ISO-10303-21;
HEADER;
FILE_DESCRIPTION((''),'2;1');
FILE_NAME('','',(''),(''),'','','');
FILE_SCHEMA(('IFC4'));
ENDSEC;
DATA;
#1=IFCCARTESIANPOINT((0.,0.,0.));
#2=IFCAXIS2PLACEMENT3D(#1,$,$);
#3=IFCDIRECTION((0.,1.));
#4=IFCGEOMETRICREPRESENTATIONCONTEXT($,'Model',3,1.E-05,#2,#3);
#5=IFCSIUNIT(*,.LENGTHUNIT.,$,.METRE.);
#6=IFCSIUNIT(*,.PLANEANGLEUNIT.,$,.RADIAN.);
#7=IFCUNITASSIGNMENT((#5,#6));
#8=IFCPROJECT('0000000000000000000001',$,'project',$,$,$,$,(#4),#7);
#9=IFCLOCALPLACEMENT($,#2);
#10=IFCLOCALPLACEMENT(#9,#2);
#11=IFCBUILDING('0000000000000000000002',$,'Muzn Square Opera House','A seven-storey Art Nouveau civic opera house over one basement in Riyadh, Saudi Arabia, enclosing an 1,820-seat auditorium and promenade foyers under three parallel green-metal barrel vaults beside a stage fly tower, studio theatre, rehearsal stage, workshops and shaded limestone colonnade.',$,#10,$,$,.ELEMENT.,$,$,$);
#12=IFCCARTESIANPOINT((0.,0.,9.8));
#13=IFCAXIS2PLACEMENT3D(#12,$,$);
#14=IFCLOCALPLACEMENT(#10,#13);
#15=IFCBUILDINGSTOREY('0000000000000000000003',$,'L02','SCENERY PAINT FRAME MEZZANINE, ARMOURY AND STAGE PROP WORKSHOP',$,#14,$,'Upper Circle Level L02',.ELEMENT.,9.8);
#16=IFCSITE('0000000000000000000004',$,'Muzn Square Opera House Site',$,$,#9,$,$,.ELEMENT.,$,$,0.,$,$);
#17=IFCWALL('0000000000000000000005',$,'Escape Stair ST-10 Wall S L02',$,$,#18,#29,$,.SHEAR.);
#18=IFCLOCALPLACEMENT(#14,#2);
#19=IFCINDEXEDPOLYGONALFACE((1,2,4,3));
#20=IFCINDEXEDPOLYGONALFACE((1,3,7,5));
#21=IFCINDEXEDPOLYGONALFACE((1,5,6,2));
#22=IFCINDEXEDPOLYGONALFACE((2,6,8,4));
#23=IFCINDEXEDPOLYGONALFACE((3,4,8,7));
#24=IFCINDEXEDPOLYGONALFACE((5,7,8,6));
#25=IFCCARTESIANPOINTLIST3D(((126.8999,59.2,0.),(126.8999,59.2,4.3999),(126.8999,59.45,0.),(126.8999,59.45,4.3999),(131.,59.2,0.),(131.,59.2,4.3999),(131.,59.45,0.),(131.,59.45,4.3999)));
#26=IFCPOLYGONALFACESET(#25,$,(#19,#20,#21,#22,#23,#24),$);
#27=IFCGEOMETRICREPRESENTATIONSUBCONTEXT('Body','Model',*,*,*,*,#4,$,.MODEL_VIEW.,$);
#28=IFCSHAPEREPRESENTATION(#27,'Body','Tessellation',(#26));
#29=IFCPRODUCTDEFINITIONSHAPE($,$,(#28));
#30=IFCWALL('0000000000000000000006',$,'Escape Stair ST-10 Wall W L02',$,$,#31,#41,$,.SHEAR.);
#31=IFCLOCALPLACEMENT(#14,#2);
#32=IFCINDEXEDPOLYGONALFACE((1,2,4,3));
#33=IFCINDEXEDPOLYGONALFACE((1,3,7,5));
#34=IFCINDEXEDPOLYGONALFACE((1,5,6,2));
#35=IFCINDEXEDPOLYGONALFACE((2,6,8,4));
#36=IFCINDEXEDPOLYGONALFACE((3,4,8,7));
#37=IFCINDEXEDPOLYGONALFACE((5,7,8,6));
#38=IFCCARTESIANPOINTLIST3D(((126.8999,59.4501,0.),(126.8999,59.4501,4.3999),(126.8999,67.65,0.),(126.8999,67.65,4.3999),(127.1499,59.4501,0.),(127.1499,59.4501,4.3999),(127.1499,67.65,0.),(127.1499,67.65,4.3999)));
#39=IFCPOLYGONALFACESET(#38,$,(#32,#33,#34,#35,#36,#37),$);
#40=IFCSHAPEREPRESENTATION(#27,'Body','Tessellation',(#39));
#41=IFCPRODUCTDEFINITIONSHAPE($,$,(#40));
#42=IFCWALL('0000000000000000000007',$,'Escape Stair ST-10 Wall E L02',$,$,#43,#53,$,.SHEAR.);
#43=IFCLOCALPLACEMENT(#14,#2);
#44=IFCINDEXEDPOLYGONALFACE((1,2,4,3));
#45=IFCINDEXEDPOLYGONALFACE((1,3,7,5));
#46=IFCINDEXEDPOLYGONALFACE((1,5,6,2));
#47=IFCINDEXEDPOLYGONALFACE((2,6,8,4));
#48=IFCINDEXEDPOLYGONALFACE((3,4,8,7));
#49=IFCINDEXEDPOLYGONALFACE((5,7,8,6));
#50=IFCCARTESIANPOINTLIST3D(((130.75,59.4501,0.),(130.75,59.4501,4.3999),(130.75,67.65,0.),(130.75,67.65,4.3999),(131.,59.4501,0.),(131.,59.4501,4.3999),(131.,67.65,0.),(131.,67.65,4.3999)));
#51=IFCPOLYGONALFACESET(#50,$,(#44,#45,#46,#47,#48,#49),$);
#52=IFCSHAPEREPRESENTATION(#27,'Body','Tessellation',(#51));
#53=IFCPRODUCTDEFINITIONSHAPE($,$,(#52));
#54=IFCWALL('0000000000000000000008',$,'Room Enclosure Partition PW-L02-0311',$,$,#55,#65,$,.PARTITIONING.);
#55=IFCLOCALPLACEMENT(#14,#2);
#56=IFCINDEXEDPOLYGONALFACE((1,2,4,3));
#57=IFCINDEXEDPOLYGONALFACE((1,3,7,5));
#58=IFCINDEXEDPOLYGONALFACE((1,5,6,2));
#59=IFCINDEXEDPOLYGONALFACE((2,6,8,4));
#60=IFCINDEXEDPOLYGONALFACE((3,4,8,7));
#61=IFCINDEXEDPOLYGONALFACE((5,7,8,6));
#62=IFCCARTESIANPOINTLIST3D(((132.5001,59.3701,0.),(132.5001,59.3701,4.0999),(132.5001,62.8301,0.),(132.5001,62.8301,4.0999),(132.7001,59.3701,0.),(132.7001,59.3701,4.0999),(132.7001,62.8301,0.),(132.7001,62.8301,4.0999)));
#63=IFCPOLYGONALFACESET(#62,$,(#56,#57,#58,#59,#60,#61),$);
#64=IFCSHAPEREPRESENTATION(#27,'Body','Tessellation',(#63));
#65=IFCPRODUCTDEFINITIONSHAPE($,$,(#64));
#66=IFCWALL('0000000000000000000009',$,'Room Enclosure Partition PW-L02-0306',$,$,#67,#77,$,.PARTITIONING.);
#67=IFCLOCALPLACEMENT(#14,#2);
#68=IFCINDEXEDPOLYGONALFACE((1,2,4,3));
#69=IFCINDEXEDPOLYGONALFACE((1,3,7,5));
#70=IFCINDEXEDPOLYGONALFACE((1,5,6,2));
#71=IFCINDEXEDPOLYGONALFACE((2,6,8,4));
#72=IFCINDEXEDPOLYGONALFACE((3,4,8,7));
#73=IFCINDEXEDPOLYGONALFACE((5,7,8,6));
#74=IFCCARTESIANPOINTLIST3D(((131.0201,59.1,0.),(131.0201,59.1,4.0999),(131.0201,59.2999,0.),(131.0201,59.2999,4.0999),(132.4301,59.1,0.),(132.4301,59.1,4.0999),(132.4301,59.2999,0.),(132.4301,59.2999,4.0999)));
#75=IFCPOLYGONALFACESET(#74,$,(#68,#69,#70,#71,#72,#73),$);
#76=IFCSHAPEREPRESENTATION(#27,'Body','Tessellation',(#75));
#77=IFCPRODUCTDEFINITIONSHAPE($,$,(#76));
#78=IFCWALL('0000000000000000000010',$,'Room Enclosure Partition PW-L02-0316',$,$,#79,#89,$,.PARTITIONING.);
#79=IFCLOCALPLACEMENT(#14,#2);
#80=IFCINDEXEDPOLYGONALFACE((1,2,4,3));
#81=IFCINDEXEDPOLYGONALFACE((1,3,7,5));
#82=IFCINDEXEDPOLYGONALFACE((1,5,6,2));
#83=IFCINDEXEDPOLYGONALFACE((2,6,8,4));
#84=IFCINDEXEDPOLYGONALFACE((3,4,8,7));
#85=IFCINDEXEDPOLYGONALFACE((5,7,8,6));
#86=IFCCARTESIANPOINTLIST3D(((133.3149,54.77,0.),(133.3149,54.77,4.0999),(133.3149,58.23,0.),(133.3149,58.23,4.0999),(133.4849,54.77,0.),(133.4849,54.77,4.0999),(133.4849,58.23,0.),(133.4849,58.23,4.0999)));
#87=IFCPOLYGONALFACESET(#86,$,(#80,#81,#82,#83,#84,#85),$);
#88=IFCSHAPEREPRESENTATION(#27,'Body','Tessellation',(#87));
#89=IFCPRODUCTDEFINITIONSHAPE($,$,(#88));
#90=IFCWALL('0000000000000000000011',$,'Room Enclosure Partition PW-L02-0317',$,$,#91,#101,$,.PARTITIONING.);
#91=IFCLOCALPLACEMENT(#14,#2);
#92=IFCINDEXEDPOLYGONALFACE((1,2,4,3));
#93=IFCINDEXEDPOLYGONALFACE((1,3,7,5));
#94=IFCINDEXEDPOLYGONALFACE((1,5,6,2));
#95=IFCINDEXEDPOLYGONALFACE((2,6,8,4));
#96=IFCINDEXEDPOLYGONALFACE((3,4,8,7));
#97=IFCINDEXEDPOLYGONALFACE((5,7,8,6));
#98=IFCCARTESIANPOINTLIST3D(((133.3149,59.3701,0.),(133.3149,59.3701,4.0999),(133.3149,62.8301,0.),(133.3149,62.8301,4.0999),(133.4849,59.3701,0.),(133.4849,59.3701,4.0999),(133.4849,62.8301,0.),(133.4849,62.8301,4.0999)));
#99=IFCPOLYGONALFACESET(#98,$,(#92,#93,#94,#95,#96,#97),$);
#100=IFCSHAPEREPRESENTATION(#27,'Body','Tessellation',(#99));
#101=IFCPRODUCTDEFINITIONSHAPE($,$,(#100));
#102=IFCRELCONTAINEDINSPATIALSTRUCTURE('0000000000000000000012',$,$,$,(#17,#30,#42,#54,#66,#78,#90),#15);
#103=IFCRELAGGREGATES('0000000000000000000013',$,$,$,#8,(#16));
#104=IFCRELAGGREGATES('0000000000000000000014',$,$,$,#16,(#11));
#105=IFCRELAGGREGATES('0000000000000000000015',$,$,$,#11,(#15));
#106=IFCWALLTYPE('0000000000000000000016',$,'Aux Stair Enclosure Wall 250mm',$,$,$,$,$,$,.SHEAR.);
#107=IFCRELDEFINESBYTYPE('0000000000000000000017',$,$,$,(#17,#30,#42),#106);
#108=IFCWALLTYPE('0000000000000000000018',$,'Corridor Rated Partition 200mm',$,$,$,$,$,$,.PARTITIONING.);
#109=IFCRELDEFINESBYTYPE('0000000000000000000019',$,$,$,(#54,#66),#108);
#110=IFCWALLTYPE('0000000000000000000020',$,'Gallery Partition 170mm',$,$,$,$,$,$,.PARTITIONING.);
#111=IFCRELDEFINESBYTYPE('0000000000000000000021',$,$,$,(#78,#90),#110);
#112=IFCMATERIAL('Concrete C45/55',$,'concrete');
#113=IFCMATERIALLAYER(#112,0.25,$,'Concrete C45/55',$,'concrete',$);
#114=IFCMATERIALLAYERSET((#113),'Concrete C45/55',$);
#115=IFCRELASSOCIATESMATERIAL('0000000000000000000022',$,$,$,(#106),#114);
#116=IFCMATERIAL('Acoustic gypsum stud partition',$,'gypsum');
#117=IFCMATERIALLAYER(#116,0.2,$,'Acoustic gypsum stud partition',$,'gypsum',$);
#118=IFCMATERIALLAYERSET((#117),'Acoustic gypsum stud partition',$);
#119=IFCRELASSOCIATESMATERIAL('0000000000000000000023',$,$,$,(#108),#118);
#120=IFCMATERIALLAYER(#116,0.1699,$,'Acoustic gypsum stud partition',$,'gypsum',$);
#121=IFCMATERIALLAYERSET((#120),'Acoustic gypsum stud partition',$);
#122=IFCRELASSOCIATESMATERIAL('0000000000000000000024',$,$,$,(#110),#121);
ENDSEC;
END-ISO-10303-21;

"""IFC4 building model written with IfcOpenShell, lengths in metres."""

from ifc_helpers import new_model, si_unit, direction, frame, frame_2d, origin, place, context, subcontext, project, spatial, rectangle, extrude, material, layer, layer_set, type_object, element, save


model = new_model("IFC4")

# Units and contexts
model_context = context("Model", 3, precision=1e-05, world=origin(), true_north=direction((0.0, 1.0)))
body_context = subcontext(model_context, "Body", "Model", "MODEL_VIEW")
ifc_project = project(units=[si_unit("LENGTHUNIT", "METRE"), si_unit("PLANEANGLEUNIT", "RADIAN")], contexts=[model_context])

# Site, building, storey
site_placement = place(None, origin())
site = spatial("IfcSite", under=ifc_project, at=site_placement, Name="Muzn Square Opera House Site", CompositionType="ELEMENT", RefElevation=0.0)
building_placement = place(site_placement, origin())
building = spatial("IfcBuilding", under=site, at=building_placement, Name="Muzn Square Opera House", Description="A seven-storey Art Nouveau civic opera house over one basement in Riyadh, Saudi Arabia, enclosing an 1,820-seat auditorium and promenade foyers under three parallel green-metal barrel vaults beside a stage fly tower, studio theatre, rehearsal stage, workshops and shaded limestone colonnade.", CompositionType="ELEMENT")
storey_placement = place(building_placement, frame((0.0, 0.0, 9.8)))
storey = spatial("IfcBuildingStorey", under=building, at=storey_placement, Name="L02", Description="SCENERY PAINT FRAME MEZZANINE, ARMOURY AND STAGE PROP WORKSHOP", LongName="Upper Circle Level L02", CompositionType="ELEMENT", Elevation=9.8)

# Shared definitions
ifc_material_1 = material(Name="Concrete C45/55", Category="concrete")

# Walls
ifc_layer_1 = layer(ifc_material_1, 0.25, Name="Concrete C45/55", Category="concrete")
ifc_layer_set_1 = layer_set([ifc_layer_1], Name="Concrete C45/55")
wall_type_1 = type_object("IfcWallType", Name="Aux Stair Enclosure Wall 250mm", PredefinedType="SHEAR", material=ifc_layer_set_1)
wall_1_placement = place(storey_placement, frame((126.8999, 59.325, 0.0), z_axis=(0.0, 0.0, 1.0), x_axis=(1.0, 0.0, 0.0)))
element("IfcWall", 1, at=wall_1_placement, inside=storey, type_object=wall_type_1, Name="Escape Stair ST-10 Wall S L02", PredefinedType="SHEAR", context=body_context, shape_type="SweptSolid", body=[
    extrude(rectangle(XDim=4.1001, YDim=0.25, at=frame_2d((2.05, 0.0))), origin(), (0.0, 0.0, 1.0), 4.3999),
])
for number, where, z_axis, x_axis, name in (
    (2, (127.0249, 59.45, 0.0), (0.0, 0.0, 1.0), (0.0, 1.0, 0.0), "Escape Stair ST-10 Wall W L02"),
    (3, (130.875, 59.45, 0.0), (0.0, 0.0, 1.0), (0.0, 1.0, 0.0), "Escape Stair ST-10 Wall E L02"),
):
    element("IfcWall", number, at=place(storey_placement, frame(where, z_axis=z_axis, x_axis=x_axis)), inside=storey, type_object=wall_type_1, Name=name, PredefinedType="SHEAR", context=body_context, shape_type="SweptSolid", body=[
        extrude(rectangle(XDim=8.2, YDim=0.25, at=frame_2d((4.1001, 0.0))), origin(), (0.0, 0.0, 1.0), 4.3999),
    ])
ifc_material_2 = material(Name="Acoustic gypsum stud partition", Category="gypsum")
ifc_layer_2 = layer(ifc_material_2, 0.2, Name="Acoustic gypsum stud partition", Category="gypsum")
ifc_layer_set_2 = layer_set([ifc_layer_2], Name="Acoustic gypsum stud partition")
wall_type_2 = type_object("IfcWallType", Name="Corridor Rated Partition 200mm", PredefinedType="PARTITIONING", material=ifc_layer_set_2)
wall_2_placement = place(storey_placement, frame((132.6001, 59.3701, 0.0), z_axis=(0.0, 0.0, 1.0), x_axis=(0.0, 1.0, 0.0)))
element("IfcWall", 4, at=wall_2_placement, inside=storey, type_object=wall_type_2, Name="Room Enclosure Partition PW-L02-0311", PredefinedType="PARTITIONING", context=body_context, shape_type="SweptSolid", body=[
    extrude(rectangle(XDim=3.46, YDim=0.2, at=frame_2d((1.73, 0.0))), origin(), (0.0, 0.0, 1.0), 4.0999),
])
wall_3_placement = place(storey_placement, frame((131.02, 59.2, 0.0), z_axis=(0.0, 0.0, 1.0), x_axis=(1.0, 0.0, 0.0)))
element("IfcWall", 5, at=wall_3_placement, inside=storey, type_object=wall_type_2, Name="Room Enclosure Partition PW-L02-0306", PredefinedType="PARTITIONING", context=body_context, shape_type="SweptSolid", body=[
    extrude(rectangle(XDim=1.4099, YDim=0.2, at=frame_2d((0.7051, 0.0))), origin(), (0.0, 0.0, 1.0), 4.0999),
])
ifc_layer_3 = layer(ifc_material_2, 0.1699, Name="Acoustic gypsum stud partition", Category="gypsum")
ifc_layer_set_3 = layer_set([ifc_layer_3], Name="Acoustic gypsum stud partition")
wall_type_3 = type_object("IfcWallType", Name="Gallery Partition 170mm", PredefinedType="PARTITIONING", material=ifc_layer_set_3)
for number, where, z_axis, x_axis, name in (
    (6, (133.3999, 54.77, 0.0), (0.0, 0.0, 1.0), (0.0, 1.0, 0.0), "Room Enclosure Partition PW-L02-0316"),
    (7, (133.3999, 59.3701, 0.0), (0.0, 0.0, 1.0), (0.0, 1.0, 0.0), "Room Enclosure Partition PW-L02-0317"),
):
    element("IfcWall", number, at=place(storey_placement, frame(where, z_axis=z_axis, x_axis=x_axis)), inside=storey, type_object=wall_type_3, Name=name, PredefinedType="PARTITIONING", context=body_context, shape_type="SweptSolid", body=[
        extrude(rectangle(XDim=3.46, YDim=0.1699, at=frame_2d((1.73, 0.0))), origin(), (0.0, 0.0, 1.0), 4.0999),
    ])

save(model, "model.ifc")
